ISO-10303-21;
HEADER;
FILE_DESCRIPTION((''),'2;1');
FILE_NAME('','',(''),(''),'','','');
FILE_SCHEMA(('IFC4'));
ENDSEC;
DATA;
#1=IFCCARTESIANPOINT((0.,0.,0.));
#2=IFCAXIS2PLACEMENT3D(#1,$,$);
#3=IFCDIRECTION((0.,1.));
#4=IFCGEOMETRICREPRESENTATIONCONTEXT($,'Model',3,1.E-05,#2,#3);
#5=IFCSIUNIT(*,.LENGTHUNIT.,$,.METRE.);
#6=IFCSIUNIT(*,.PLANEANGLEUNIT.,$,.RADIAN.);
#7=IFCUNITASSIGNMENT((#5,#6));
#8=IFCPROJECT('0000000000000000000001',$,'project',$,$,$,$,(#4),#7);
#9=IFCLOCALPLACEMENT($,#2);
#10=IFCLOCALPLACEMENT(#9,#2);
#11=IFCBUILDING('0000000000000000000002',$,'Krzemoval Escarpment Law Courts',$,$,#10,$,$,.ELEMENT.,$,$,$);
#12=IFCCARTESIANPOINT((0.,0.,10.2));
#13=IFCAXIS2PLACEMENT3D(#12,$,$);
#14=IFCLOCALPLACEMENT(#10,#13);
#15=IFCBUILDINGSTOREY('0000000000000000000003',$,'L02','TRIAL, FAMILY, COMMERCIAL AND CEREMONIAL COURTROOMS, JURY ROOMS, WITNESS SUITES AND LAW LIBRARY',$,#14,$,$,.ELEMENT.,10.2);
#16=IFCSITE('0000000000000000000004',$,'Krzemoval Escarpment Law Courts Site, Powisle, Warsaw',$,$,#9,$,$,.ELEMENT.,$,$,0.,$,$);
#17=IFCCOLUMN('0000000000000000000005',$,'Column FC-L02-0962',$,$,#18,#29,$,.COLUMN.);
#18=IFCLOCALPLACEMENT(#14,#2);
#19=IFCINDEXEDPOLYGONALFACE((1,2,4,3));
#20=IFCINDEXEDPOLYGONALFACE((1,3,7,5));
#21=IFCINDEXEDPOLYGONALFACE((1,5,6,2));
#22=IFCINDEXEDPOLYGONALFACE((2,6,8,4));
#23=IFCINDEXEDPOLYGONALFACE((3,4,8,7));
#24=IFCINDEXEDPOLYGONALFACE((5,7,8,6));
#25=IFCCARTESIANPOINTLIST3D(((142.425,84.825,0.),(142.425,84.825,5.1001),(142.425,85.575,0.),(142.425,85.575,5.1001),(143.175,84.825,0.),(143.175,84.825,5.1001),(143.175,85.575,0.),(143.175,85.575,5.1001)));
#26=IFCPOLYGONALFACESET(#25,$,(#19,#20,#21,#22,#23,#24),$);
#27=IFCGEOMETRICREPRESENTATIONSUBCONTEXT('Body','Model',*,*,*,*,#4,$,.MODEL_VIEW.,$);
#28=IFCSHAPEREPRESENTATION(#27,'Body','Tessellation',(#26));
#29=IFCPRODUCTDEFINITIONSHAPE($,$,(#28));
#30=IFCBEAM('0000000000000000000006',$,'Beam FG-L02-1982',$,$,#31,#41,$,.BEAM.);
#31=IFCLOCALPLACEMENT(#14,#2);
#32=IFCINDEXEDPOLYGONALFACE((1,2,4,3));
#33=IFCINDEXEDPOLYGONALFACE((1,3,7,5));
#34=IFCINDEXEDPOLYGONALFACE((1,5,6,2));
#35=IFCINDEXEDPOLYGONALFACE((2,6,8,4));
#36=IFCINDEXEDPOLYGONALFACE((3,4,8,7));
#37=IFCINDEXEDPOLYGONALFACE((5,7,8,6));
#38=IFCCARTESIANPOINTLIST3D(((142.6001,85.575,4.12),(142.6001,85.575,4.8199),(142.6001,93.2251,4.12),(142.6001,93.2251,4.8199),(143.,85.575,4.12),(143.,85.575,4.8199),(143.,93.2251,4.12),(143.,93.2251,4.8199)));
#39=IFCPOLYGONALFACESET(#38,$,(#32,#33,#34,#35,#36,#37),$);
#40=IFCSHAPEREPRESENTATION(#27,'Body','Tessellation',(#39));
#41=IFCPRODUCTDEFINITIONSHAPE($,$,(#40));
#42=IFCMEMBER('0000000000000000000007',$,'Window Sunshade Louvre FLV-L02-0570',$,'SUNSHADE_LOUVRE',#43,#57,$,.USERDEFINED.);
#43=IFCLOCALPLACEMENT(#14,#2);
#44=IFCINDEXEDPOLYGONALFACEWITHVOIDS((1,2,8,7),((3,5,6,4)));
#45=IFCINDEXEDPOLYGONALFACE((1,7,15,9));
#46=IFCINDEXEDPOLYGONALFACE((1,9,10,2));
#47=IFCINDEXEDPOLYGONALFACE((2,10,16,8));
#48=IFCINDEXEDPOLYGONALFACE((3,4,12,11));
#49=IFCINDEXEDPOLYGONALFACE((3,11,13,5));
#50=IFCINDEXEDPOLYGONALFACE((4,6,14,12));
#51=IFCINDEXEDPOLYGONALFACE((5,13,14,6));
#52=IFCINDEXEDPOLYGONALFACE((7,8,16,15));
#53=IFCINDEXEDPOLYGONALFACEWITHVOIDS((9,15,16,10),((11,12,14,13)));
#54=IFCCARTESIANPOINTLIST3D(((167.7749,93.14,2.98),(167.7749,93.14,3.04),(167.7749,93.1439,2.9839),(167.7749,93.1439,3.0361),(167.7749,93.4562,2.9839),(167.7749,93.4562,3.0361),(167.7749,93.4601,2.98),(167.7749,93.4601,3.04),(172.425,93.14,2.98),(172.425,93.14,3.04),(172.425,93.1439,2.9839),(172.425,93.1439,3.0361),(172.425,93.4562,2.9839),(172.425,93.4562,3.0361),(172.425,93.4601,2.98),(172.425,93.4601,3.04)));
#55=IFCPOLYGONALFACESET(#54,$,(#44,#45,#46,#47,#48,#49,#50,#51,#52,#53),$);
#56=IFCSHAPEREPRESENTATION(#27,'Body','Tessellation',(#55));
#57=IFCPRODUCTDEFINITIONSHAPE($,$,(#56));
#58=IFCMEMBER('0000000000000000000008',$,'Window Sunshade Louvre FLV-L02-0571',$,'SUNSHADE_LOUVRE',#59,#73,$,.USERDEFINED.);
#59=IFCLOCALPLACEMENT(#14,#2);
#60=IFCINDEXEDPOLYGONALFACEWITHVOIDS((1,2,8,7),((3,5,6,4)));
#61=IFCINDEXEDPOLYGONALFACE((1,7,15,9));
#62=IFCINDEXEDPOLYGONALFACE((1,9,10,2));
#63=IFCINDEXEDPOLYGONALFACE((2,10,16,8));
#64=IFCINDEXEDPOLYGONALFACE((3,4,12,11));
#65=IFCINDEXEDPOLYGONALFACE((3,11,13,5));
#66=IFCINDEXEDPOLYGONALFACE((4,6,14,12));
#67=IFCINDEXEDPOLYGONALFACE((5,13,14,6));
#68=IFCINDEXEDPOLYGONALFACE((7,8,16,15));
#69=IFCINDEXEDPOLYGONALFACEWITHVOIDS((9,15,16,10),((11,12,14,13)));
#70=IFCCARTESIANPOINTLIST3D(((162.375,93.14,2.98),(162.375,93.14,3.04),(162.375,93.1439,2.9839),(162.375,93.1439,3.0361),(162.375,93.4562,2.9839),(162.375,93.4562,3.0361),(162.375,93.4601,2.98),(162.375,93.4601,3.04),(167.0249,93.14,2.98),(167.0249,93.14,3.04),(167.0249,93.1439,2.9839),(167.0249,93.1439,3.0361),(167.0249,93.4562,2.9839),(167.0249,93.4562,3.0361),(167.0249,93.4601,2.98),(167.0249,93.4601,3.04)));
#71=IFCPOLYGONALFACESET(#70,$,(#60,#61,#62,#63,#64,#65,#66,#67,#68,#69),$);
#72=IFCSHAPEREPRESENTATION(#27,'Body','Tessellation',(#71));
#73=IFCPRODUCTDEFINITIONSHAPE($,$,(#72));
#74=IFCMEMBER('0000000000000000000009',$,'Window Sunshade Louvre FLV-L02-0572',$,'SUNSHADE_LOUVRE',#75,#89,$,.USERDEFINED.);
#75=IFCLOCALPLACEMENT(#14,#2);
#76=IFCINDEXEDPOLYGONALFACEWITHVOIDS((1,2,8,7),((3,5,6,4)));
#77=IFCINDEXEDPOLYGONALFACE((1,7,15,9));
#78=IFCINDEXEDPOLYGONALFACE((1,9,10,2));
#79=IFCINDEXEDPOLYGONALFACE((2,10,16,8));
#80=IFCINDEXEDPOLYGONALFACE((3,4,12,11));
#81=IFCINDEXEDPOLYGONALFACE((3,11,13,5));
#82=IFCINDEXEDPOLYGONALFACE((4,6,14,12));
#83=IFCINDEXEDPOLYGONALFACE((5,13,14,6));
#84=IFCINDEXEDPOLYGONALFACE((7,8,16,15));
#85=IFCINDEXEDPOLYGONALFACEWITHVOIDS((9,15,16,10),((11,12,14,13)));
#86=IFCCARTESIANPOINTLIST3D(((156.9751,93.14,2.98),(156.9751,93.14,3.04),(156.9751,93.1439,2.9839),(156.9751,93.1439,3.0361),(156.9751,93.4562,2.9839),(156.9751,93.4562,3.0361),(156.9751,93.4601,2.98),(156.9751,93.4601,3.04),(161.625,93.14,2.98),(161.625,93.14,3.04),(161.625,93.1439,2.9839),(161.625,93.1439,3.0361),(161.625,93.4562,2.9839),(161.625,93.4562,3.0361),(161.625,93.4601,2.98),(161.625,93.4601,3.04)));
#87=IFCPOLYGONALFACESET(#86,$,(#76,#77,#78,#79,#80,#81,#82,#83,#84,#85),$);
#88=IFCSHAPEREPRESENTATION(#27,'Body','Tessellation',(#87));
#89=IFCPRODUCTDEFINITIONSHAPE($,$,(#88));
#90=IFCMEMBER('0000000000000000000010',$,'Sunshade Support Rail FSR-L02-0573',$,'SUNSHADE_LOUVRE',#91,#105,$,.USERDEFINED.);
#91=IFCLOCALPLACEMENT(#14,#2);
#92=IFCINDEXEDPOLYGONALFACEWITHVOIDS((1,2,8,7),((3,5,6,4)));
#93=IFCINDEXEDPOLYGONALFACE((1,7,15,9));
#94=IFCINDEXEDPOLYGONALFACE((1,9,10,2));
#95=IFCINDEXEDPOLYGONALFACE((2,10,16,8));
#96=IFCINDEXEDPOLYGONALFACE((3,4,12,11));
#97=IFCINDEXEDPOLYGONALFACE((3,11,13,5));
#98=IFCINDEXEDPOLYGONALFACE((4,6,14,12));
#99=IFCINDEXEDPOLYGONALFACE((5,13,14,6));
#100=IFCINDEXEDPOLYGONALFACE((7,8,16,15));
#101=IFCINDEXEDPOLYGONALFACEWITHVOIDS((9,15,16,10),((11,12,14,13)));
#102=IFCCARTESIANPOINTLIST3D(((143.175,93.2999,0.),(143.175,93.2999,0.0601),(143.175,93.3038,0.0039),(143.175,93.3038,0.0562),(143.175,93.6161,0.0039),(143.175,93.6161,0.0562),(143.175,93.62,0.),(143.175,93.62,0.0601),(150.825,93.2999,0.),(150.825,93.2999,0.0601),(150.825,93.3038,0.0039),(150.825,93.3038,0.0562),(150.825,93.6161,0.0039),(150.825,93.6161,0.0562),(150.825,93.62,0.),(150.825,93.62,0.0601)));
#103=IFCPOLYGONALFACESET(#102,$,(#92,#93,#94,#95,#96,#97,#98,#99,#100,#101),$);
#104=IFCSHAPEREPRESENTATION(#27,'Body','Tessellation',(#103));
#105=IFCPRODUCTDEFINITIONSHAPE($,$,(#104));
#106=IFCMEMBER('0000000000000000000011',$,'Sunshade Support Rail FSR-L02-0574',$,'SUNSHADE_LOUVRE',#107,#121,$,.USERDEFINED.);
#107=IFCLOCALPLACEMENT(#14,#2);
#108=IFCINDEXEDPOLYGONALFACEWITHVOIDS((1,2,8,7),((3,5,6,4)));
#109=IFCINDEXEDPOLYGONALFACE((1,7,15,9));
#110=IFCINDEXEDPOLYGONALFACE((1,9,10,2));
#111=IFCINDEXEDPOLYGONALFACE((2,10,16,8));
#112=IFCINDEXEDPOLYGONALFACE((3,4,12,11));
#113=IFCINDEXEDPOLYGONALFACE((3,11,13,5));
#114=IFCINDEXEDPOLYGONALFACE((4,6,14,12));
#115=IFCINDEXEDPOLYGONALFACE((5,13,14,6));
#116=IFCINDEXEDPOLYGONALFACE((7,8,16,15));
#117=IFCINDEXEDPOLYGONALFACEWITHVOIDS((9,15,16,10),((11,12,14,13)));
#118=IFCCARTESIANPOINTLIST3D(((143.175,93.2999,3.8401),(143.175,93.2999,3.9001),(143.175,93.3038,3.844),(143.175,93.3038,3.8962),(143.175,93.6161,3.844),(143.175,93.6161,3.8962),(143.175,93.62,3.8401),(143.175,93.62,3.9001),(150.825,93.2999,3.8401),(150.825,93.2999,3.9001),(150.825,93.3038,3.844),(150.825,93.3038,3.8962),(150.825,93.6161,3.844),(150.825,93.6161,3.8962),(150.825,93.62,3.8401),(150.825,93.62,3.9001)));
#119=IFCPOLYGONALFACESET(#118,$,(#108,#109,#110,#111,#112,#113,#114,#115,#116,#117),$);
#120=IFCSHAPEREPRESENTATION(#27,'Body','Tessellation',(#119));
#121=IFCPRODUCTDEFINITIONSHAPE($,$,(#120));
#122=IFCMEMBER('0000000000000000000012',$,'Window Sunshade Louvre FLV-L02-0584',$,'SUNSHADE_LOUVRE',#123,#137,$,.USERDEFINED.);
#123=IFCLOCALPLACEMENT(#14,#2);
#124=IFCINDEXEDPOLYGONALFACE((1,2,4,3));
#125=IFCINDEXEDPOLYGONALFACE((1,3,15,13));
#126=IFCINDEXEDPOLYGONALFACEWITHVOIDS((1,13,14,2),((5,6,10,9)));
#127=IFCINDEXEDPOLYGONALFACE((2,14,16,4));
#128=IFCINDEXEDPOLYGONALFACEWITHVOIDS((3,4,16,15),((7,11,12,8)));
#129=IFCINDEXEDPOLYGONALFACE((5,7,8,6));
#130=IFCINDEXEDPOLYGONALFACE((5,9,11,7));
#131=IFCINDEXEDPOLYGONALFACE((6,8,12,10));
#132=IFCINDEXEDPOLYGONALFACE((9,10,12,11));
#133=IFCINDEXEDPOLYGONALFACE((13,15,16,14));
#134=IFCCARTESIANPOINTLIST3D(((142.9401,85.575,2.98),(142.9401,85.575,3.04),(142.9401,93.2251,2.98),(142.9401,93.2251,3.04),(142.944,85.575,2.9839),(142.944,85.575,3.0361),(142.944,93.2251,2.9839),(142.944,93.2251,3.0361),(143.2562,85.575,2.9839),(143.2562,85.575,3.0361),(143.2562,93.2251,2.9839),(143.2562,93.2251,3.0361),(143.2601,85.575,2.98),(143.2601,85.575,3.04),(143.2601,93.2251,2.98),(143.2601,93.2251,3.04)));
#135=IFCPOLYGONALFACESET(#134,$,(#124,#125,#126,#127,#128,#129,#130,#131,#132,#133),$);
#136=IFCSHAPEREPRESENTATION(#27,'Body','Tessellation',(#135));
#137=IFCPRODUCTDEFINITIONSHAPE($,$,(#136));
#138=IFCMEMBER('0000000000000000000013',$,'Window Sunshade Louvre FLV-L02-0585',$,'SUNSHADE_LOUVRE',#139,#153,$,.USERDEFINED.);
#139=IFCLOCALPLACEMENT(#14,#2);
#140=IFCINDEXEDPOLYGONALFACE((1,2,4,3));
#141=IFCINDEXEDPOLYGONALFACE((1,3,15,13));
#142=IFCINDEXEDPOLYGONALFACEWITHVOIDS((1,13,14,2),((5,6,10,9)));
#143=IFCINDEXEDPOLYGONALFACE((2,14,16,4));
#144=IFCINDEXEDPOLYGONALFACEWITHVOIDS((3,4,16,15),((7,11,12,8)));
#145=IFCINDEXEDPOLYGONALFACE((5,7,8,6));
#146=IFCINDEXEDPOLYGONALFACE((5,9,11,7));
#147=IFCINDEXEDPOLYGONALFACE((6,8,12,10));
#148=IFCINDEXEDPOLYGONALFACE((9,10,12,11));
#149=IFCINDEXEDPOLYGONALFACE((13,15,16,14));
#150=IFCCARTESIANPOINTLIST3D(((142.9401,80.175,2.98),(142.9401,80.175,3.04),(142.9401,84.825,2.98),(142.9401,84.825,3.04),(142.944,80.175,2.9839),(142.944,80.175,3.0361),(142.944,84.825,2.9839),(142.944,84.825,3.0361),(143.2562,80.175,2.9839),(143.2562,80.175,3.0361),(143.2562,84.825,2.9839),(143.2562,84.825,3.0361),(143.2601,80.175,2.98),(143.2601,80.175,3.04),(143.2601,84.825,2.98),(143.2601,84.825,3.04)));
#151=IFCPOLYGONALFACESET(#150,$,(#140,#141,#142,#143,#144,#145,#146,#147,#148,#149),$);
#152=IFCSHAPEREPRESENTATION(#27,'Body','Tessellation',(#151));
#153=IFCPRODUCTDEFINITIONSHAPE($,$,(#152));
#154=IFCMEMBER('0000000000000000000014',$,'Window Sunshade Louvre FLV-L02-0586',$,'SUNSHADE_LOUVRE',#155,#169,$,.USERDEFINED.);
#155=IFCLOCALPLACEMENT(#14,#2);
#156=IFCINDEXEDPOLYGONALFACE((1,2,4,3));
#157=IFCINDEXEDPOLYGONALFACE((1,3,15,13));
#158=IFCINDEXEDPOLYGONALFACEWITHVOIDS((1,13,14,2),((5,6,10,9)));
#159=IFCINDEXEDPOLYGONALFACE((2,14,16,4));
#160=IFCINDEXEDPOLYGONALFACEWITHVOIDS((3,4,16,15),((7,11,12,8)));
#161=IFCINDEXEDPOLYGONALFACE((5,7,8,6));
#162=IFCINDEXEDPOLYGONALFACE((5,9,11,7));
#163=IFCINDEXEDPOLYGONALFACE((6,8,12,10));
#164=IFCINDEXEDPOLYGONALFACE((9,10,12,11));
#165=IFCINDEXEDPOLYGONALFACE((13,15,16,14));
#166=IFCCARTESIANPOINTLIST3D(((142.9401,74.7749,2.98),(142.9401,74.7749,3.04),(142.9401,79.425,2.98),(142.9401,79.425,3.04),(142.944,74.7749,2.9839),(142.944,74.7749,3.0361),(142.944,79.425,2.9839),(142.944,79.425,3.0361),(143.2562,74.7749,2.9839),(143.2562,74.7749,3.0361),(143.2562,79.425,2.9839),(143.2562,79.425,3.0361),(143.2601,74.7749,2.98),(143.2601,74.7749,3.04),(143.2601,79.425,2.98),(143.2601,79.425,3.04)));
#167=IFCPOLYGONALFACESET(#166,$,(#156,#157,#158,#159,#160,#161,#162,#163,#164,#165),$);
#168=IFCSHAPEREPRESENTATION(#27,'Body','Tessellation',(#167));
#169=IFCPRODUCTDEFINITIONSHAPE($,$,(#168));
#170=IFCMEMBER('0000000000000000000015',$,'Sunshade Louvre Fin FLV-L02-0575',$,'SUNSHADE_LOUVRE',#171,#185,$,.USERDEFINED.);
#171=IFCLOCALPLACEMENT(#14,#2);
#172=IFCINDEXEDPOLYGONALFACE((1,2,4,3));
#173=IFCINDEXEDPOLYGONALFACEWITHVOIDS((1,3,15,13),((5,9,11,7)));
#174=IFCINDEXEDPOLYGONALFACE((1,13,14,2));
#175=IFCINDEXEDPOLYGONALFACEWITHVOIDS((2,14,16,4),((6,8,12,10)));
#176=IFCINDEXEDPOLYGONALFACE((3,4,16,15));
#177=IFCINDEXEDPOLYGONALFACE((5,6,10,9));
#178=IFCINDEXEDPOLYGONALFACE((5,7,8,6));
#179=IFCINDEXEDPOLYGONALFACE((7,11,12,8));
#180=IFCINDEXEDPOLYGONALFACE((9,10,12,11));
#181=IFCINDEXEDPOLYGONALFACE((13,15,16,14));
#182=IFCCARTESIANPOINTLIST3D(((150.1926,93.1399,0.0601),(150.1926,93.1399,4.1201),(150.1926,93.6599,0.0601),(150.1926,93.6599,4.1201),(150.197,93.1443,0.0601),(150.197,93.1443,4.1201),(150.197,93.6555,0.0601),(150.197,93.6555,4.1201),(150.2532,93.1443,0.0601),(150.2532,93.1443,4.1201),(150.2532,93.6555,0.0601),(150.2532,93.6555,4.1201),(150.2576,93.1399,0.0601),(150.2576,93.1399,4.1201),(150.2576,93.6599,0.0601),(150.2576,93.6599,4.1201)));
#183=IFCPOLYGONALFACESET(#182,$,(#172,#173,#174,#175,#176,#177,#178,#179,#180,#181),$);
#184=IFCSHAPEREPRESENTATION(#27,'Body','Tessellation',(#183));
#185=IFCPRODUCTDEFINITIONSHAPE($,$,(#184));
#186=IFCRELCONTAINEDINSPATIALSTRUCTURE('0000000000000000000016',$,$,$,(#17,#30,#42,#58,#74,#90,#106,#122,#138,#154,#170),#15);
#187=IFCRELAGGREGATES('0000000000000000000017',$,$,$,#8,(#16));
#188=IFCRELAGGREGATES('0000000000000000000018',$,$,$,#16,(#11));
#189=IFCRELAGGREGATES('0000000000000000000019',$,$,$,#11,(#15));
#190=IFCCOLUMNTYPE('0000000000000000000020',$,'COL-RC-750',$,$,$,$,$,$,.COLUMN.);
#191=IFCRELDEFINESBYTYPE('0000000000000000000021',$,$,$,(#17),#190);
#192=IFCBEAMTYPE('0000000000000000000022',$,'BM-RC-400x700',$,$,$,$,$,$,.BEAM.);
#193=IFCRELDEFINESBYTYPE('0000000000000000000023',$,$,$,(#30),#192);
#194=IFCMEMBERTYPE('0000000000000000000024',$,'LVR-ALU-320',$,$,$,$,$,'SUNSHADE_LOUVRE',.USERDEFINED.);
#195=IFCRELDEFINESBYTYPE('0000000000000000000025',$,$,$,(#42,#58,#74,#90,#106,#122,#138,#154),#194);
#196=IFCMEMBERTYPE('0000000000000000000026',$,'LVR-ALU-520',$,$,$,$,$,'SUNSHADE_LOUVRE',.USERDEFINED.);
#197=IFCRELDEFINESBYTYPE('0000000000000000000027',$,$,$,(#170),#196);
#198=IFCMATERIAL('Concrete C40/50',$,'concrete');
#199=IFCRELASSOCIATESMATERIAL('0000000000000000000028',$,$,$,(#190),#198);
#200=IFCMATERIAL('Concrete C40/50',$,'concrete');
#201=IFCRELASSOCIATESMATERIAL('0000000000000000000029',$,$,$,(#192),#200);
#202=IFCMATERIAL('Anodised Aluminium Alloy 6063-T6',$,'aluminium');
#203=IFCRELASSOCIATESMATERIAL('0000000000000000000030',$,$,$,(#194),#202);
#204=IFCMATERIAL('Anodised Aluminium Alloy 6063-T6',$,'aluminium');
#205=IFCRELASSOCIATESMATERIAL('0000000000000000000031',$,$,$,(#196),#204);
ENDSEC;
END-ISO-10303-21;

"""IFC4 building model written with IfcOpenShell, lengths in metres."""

from ifc_helpers import new_model, si_unit, direction, frame, origin, origin_2d, place, context, subcontext, project, spatial, rectangle, hollow_rectangle, extrude, material, material_profile, profile_set, type_object, element, save


model = new_model("IFC4")

# Units and contexts
model_context = context("Model", 3, precision=1e-05, world=origin(), true_north=direction((0.0, 1.0)))
body_context = subcontext(model_context, "Body", "Model", "MODEL_VIEW")
ifc_project = project(units=[si_unit("LENGTHUNIT", "METRE"), si_unit("PLANEANGLEUNIT", "RADIAN")], contexts=[model_context])

# Site, building, storey
site_placement = place(None, origin())
site = spatial("IfcSite", under=ifc_project, at=site_placement, Name="Krzemoval Escarpment Law Courts Site, Powisle, Warsaw", CompositionType="ELEMENT", RefElevation=0.0)
building_placement = place(site_placement, origin())
building = spatial("IfcBuilding", under=site, at=building_placement, Name="Krzemoval Escarpment Law Courts", CompositionType="ELEMENT")
storey_placement = place(building_placement, frame((0.0, 0.0, 10.2)))
storey = spatial("IfcBuildingStorey", under=building, at=storey_placement, Name="L02", Description="TRIAL, FAMILY, COMMERCIAL AND CEREMONIAL COURTROOMS, JURY ROOMS, WITNESS SUITES AND LAW LIBRARY", CompositionType="ELEMENT", Elevation=10.2)

# Column
ifc_material_1 = material(Name="Concrete C40/50", Category="concrete")
ifc_material_profile_1 = material_profile(ifc_material_1, rectangle(XDim=0.75, YDim=0.75, at=origin_2d()), Name="RC 750x750")
ifc_profile_set_1 = profile_set([ifc_material_profile_1], Name="Concrete C40/50")
column_type = type_object("IfcColumnType", Name="COL-RC-750", PredefinedType="COLUMN", material=ifc_profile_set_1)
column_placement = place(storey_placement, frame((142.8, 85.2, 0.0), z_axis=(0.0, 0.0, 1.0), x_axis=(1.0, 0.0, 0.0)))
element("IfcColumn", 1, at=column_placement, inside=storey, type_object=column_type, Name="Column FC-L02-0962", PredefinedType="COLUMN", context=body_context, shape_type="SweptSolid", body=[
    extrude(rectangle(XDim=0.75, YDim=0.75, at=origin_2d()), origin(), (0.0, 0.0, 1.0), 5.1001),
])

# Beam
ifc_material_2 = material(Name="Concrete C40/50", Category="concrete")
ifc_material_profile_2 = material_profile(ifc_material_2, rectangle(XDim=0.3999, YDim=0.7, at=origin_2d()), Name="RCB 400x700")
ifc_profile_set_2 = profile_set([ifc_material_profile_2], Name="Concrete C40/50")
beam_type = type_object("IfcBeamType", Name="BM-RC-400x700", PredefinedType="BEAM", material=ifc_profile_set_2)
beam_placement = place(storey_placement, frame((142.8, 85.575, 4.47), z_axis=(0.0, 1.0, 0.0), x_axis=(-1.0, 0.0, 0.0)))
element("IfcBeam", 2, at=beam_placement, inside=storey, type_object=beam_type, Name="Beam FG-L02-1982", PredefinedType="BEAM", context=body_context, shape_type="SweptSolid", body=[
    extrude(rectangle(XDim=0.3999, YDim=0.7, at=origin_2d()), origin(), (0.0, 0.0, 1.0), 7.6501),
])

# Members
ifc_material_3 = material(Name="Anodised Aluminium Alloy 6063-T6", Category="aluminium")
ifc_material_profile_3 = material_profile(ifc_material_3, hollow_rectangle(XDim=0.0601, YDim=0.3201, WallThickness=0.0039, at=origin_2d()), Name="ALU LVR 60x320")
ifc_profile_set_3 = profile_set([ifc_material_profile_3], Name="Anodised Aluminium Alloy 6063-T6")
member_type_1 = type_object("IfcMemberType", Name="LVR-ALU-320", ElementType="SUNSHADE_LOUVRE", PredefinedType="USERDEFINED", material=ifc_profile_set_3)
member_1_placement = place(storey_placement, frame((172.425, 93.3, 3.01), z_axis=(-1.0, 0.0, 0.0), x_axis=(0.0, 0.0, 1.0)))
element("IfcMember", 3, at=member_1_placement, inside=storey, type_object=member_type_1, Name="Window Sunshade Louvre FLV-L02-0570", ObjectType="SUNSHADE_LOUVRE", PredefinedType="USERDEFINED", context=body_context, shape_type="SweptSolid", body=[
    extrude(hollow_rectangle(XDim=0.0601, YDim=0.3201, WallThickness=0.0039, at=origin_2d()), origin(), (0.0, 0.0, 1.0), 4.6501),
])
for number, where, z_axis, x_axis, name in (
    (4, (167.0249, 93.3, 3.01), (-1.0, 0.0, 0.0), (0.0, 0.0, 1.0), "Window Sunshade Louvre FLV-L02-0571"),
    (5, (161.625, 93.3, 3.01), (-1.0, 0.0, 0.0), (0.0, 0.0, 1.0), "Window Sunshade Louvre FLV-L02-0572"),
):
    element("IfcMember", number, at=place(storey_placement, frame(where, z_axis=z_axis, x_axis=x_axis)), inside=storey, type_object=member_type_1, Name=name, ObjectType="SUNSHADE_LOUVRE", PredefinedType="USERDEFINED", context=body_context, shape_type="SweptSolid", body=[
        extrude(hollow_rectangle(XDim=0.0601, YDim=0.3201, WallThickness=0.0039, at=origin_2d()), origin(), (0.0, 0.0, 1.0), 4.6499),
    ])
for number, where, z_axis, x_axis, name in (
    (6, (150.825, 93.46, 0.03), (-1.0, 0.0, 0.0), (0.0, 0.0, 1.0), "Sunshade Support Rail FSR-L02-0573"),
    (7, (150.825, 93.46, 3.8701), (-1.0, 0.0, 0.0), (0.0, 0.0, 1.0), "Sunshade Support Rail FSR-L02-0574"),
):
    element("IfcMember", number, at=place(storey_placement, frame(where, z_axis=z_axis, x_axis=x_axis)), inside=storey, type_object=member_type_1, Name=name, ObjectType="SUNSHADE_LOUVRE", PredefinedType="USERDEFINED", context=body_context, shape_type="SweptSolid", body=[
        extrude(hollow_rectangle(XDim=0.0601, YDim=0.3201, WallThickness=0.0039, at=origin_2d()), origin(), (0.0, 0.0, 1.0), 7.6499),
    ])
member_2_placement = place(storey_placement, frame((143.1001, 93.2251, 3.01), z_axis=(0.0, -1.0, 0.0), x_axis=(0.0, 0.0, 1.0)))
element("IfcMember", 8, at=member_2_placement, inside=storey, type_object=member_type_1, Name="Window Sunshade Louvre FLV-L02-0584", ObjectType="SUNSHADE_LOUVRE", PredefinedType="USERDEFINED", context=body_context, shape_type="SweptSolid", body=[
    extrude(hollow_rectangle(XDim=0.0601, YDim=0.3201, WallThickness=0.0039, at=origin_2d()), origin(), (0.0, 0.0, 1.0), 7.6501),
])
member_3_placement = place(storey_placement, frame((143.1001, 84.825, 3.01), z_axis=(0.0, -1.0, 0.0), x_axis=(0.0, 0.0, 1.0)))
element("IfcMember", 9, at=member_3_placement, inside=storey, type_object=member_type_1, Name="Window Sunshade Louvre FLV-L02-0585", ObjectType="SUNSHADE_LOUVRE", PredefinedType="USERDEFINED", context=body_context, shape_type="SweptSolid", body=[
    extrude(hollow_rectangle(XDim=0.0601, YDim=0.3201, WallThickness=0.0039, at=origin_2d()), origin(), (0.0, 0.0, 1.0), 4.6499),
])
member_4_placement = place(storey_placement, frame((143.1001, 79.425, 3.01), z_axis=(0.0, -1.0, 0.0), x_axis=(0.0, 0.0, 1.0)))
element("IfcMember", 10, at=member_4_placement, inside=storey, type_object=member_type_1, Name="Window Sunshade Louvre FLV-L02-0586", ObjectType="SUNSHADE_LOUVRE", PredefinedType="USERDEFINED", context=body_context, shape_type="SweptSolid", body=[
    extrude(hollow_rectangle(XDim=0.0601, YDim=0.3201, WallThickness=0.0039, at=origin_2d()), origin(), (0.0, 0.0, 1.0), 4.6501),
])
ifc_material_4 = material(Name="Anodised Aluminium Alloy 6063-T6", Category="aluminium")
ifc_material_profile_4 = material_profile(ifc_material_4, hollow_rectangle(XDim=0.0649, YDim=0.52, WallThickness=0.0044, at=origin_2d()), Name="ALU LVR 65x520")
ifc_profile_set_4 = profile_set([ifc_material_profile_4], Name="Anodised Aluminium Alloy 6063-T6")
member_type_2 = type_object("IfcMemberType", Name="LVR-ALU-520", ElementType="SUNSHADE_LOUVRE", PredefinedType="USERDEFINED", material=ifc_profile_set_4)
for number, where, z_axis, x_axis, name in (
    (11, (150.2251, 93.3999, 0.0601), (0.0, 0.0, 1.0), (1.0, 0.0, 0.0), "Sunshade Louvre Fin FLV-L02-0575"),
):
    element("IfcMember", number, at=place(storey_placement, frame(where, z_axis=z_axis, x_axis=x_axis)), inside=storey, type_object=member_type_2, Name=name, ObjectType="SUNSHADE_LOUVRE", PredefinedType="USERDEFINED", context=body_context, shape_type="SweptSolid", body=[
        extrude(hollow_rectangle(XDim=0.0649, YDim=0.52, WallThickness=0.0044, at=origin_2d()), origin(), (0.0, 0.0, 1.0), 4.0601),
    ])

save(model, "model.ifc")
